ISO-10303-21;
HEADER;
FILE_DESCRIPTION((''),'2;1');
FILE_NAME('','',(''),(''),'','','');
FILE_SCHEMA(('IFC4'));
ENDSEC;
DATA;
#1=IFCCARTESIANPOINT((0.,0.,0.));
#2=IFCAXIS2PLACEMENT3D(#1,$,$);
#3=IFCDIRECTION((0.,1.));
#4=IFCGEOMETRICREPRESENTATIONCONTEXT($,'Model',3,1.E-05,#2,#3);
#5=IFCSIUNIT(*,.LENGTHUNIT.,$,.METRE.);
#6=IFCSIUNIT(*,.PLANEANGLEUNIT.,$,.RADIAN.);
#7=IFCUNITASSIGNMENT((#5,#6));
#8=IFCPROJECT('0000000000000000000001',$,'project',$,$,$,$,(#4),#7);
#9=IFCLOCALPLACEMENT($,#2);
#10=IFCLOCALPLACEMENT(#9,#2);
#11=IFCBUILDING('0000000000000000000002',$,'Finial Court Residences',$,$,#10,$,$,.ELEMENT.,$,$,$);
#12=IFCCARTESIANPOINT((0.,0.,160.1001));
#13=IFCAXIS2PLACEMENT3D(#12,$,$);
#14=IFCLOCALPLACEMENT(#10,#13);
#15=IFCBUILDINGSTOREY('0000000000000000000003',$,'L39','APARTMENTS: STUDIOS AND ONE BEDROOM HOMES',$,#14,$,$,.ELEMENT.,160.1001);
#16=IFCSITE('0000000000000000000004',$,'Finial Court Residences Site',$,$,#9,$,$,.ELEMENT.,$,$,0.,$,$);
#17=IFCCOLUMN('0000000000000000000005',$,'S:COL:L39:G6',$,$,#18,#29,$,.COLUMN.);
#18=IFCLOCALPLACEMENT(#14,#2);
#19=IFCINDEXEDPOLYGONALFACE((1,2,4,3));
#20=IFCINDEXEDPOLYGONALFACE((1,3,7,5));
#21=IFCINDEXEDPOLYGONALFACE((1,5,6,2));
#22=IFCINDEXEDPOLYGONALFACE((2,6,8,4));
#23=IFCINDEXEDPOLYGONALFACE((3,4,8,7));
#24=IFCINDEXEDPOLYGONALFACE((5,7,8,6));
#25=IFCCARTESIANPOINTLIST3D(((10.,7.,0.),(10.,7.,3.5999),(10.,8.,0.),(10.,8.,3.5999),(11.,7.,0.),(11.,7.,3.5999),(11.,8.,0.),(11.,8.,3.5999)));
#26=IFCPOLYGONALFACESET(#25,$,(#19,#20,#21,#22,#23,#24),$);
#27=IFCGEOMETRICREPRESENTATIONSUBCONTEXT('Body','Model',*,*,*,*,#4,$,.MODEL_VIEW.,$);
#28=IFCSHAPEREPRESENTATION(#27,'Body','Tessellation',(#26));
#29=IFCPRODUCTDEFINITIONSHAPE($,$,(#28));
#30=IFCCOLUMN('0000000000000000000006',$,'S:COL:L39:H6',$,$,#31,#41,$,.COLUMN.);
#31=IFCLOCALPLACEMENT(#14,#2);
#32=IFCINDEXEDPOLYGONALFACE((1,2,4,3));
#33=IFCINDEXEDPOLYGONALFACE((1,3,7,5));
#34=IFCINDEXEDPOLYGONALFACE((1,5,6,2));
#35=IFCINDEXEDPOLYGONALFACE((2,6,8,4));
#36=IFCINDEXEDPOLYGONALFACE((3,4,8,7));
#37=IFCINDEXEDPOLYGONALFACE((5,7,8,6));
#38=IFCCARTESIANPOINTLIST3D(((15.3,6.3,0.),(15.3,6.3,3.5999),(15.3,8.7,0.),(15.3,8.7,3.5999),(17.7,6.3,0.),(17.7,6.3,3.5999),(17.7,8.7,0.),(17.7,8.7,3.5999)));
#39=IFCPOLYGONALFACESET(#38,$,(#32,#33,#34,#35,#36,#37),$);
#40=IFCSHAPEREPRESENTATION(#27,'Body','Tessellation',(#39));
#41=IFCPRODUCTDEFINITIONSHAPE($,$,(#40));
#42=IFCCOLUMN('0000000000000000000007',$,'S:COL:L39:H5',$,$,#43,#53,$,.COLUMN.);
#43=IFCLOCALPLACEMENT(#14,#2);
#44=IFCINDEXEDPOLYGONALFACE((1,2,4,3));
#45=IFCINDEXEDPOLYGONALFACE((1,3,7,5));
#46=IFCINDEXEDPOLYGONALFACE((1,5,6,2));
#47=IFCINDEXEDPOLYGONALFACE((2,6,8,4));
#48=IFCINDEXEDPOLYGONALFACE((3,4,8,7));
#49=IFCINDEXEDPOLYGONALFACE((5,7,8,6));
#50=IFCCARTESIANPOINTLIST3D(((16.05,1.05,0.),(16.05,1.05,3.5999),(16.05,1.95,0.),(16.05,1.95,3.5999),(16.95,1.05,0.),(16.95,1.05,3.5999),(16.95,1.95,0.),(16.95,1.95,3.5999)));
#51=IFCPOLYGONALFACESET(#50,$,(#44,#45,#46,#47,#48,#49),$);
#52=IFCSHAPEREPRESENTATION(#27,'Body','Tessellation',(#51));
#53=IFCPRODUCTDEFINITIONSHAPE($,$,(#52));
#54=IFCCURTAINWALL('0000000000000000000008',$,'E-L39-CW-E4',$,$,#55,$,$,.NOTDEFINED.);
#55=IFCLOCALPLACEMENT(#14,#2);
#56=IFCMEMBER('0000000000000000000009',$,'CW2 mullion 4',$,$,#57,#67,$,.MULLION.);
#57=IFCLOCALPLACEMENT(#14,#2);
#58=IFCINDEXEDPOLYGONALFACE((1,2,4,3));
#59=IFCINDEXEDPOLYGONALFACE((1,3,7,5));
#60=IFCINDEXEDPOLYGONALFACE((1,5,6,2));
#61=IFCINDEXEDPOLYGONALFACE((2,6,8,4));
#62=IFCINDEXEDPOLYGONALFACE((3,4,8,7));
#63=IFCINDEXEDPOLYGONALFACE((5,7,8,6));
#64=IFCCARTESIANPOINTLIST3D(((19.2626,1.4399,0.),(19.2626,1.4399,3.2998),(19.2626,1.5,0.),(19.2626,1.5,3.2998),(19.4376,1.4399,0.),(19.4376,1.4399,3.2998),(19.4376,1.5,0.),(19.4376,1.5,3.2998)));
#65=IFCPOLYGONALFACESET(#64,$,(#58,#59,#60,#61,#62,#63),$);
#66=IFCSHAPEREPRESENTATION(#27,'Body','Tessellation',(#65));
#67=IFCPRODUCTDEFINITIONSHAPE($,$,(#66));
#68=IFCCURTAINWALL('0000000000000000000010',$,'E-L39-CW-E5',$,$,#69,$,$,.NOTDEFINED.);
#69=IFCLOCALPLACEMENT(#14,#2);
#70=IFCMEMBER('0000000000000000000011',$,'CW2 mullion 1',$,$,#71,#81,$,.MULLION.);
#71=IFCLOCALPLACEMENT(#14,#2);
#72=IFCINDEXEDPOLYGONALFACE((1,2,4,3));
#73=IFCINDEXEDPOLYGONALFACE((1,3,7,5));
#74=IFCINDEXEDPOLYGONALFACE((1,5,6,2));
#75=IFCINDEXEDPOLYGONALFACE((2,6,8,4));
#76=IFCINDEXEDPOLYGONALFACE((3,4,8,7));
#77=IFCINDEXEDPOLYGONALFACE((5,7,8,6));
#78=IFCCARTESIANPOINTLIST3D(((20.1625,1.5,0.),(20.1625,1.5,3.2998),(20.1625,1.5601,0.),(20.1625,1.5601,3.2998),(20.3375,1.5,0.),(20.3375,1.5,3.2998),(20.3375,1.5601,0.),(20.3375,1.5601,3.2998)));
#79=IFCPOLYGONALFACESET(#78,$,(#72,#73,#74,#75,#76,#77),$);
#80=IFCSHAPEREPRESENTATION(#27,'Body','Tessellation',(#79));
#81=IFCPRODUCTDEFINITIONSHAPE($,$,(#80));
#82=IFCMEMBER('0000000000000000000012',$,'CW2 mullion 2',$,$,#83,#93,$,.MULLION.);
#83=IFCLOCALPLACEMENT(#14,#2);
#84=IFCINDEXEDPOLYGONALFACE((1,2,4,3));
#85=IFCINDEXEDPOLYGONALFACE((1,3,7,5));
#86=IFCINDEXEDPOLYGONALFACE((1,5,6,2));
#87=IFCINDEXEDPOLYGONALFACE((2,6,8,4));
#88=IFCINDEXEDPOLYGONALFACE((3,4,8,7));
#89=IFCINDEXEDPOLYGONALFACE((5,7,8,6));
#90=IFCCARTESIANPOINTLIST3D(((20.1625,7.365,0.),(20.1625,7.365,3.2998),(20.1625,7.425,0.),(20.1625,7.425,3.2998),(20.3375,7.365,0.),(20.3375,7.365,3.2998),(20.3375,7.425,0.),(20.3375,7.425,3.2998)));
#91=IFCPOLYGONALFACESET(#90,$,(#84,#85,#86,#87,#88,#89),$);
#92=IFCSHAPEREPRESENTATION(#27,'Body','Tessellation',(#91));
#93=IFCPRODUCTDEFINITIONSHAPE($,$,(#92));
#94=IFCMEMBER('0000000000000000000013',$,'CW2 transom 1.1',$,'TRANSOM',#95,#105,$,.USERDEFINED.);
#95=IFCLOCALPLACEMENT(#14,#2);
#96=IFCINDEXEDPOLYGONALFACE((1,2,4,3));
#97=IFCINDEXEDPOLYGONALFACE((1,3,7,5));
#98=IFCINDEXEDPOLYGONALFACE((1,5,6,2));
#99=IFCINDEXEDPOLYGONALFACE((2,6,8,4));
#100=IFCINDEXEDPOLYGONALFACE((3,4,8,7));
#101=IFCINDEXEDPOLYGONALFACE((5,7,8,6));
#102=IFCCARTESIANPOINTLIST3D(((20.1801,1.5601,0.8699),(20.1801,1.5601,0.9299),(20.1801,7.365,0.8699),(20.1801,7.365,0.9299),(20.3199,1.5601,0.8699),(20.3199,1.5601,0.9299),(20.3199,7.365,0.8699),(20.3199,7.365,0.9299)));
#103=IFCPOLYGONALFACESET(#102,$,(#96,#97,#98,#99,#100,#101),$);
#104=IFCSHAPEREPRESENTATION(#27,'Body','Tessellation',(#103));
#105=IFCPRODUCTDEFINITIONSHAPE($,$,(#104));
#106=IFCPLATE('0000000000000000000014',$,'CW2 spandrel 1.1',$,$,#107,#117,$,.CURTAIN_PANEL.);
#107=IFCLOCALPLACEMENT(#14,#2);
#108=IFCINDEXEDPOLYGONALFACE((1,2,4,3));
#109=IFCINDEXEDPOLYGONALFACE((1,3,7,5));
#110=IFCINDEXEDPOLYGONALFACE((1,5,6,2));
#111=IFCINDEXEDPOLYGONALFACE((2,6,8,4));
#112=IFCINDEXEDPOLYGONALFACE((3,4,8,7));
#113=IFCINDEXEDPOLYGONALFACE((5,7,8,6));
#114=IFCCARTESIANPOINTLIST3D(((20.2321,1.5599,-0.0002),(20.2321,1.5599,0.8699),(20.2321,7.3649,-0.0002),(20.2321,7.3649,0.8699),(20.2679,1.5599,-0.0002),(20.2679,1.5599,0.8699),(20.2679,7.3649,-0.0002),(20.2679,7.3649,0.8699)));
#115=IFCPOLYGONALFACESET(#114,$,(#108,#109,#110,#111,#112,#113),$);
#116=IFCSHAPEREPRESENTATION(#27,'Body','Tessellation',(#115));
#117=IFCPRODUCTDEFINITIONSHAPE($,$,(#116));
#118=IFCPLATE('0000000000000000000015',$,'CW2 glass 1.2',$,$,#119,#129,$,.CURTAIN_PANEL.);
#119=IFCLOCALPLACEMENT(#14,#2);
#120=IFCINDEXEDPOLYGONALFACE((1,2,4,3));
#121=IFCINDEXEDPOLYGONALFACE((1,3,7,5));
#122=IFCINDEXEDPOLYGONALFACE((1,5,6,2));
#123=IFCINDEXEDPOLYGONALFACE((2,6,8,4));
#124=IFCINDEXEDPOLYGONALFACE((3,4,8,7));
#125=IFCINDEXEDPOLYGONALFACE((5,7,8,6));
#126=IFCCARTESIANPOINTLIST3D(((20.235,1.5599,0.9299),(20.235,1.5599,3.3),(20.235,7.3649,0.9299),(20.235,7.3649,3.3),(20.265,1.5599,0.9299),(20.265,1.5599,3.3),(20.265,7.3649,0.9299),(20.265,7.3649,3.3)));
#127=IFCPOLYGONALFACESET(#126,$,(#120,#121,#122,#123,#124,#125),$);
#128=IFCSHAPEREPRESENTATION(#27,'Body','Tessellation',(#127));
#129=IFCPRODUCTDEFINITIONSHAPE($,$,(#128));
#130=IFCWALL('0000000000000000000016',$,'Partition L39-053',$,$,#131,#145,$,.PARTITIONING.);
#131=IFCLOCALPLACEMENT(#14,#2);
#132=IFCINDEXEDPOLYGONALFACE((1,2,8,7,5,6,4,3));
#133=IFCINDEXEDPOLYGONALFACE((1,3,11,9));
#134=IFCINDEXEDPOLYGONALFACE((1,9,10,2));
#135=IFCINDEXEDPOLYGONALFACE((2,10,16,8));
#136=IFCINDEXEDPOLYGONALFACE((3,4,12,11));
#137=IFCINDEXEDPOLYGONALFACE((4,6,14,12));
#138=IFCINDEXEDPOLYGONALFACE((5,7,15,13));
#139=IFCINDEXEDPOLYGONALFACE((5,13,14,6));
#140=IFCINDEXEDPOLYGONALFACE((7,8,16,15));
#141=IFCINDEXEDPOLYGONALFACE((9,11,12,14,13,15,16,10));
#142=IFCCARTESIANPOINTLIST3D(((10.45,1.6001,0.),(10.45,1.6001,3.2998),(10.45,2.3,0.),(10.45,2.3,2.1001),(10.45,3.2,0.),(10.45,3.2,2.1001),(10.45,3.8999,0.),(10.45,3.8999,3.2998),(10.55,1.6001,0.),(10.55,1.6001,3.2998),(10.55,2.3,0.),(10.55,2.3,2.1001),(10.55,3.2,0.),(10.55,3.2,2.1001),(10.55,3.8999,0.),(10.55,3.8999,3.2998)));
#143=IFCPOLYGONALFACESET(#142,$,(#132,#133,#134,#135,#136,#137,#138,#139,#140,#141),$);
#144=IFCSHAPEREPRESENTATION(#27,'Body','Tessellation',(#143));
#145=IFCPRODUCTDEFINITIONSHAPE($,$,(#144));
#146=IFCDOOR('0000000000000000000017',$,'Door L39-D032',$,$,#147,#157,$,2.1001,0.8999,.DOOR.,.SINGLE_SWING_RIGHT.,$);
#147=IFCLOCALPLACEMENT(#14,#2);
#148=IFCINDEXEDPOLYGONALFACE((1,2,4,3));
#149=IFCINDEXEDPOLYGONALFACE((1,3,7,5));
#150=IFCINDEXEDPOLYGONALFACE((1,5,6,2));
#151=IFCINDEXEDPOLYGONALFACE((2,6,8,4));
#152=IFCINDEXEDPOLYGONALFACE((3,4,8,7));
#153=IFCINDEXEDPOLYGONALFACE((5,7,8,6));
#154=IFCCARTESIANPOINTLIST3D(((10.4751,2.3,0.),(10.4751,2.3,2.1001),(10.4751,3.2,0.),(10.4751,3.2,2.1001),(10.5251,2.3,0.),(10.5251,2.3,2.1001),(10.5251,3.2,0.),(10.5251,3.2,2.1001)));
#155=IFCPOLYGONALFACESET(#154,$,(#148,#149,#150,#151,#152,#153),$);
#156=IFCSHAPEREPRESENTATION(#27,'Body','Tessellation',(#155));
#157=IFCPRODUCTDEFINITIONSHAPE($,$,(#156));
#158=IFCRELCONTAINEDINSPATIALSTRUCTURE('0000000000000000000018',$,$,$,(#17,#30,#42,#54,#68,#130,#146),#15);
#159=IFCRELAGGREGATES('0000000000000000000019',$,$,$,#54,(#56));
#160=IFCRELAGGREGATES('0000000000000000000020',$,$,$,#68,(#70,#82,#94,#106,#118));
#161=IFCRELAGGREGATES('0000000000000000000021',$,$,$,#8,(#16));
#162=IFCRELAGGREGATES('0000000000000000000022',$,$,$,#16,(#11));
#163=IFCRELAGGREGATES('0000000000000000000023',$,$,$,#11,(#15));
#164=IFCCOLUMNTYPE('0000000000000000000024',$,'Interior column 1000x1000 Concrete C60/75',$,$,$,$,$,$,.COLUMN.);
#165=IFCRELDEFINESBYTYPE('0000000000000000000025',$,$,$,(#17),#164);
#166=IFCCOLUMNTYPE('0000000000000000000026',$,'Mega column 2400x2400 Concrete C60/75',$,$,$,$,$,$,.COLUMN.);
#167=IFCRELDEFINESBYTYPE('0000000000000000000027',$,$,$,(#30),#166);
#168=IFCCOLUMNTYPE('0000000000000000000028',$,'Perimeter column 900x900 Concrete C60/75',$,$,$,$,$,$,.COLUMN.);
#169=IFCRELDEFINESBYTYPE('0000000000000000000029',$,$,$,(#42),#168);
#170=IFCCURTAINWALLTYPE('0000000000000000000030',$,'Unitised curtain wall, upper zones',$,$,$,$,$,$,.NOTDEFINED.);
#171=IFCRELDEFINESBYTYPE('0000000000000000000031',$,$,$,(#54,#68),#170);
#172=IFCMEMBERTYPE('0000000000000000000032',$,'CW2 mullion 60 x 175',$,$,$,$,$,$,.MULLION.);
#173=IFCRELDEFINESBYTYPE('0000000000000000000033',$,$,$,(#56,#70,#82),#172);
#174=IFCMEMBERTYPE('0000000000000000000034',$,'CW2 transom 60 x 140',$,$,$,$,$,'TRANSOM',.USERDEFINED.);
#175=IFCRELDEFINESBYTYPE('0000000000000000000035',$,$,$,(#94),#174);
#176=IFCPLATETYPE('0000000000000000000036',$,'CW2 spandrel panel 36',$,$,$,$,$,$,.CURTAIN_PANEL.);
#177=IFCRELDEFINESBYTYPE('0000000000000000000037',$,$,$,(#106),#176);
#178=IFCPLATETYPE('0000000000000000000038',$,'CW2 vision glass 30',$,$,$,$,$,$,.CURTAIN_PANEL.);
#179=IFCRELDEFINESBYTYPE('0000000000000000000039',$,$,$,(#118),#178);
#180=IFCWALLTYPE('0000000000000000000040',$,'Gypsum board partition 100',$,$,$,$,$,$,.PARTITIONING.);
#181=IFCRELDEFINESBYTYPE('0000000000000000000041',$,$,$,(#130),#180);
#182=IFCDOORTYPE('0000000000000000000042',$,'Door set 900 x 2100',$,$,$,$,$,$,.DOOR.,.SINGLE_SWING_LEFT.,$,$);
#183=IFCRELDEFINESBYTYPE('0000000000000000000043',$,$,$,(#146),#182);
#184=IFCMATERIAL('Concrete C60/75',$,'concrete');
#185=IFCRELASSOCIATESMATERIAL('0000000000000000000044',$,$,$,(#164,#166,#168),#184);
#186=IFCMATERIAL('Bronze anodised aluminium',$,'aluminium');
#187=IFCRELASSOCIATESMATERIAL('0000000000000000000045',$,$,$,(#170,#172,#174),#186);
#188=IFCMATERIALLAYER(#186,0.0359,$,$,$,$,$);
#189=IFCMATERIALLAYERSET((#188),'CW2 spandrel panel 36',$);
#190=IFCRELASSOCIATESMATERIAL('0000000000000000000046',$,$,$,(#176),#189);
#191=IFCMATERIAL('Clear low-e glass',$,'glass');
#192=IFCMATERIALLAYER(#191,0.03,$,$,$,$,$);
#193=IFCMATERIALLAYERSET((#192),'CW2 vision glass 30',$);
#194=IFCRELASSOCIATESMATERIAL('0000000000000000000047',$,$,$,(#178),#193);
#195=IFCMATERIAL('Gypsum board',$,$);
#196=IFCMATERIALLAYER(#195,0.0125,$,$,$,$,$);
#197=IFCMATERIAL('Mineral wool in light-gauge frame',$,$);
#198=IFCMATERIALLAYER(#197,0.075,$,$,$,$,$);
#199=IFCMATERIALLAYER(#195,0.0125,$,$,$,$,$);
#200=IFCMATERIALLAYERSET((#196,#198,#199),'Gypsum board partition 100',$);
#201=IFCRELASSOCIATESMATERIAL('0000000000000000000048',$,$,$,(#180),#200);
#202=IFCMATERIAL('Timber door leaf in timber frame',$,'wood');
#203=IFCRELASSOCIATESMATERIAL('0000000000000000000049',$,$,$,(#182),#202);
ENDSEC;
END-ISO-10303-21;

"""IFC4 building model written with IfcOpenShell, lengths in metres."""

from ifc_helpers import new_model, si_unit, direction, frame, frame_2d, origin, origin_2d, place, context, subcontext, project, spatial, rectangle, extrude, material, layer, layer_set, material_profile, profile_set, type_object, element, fill, aggregate, save


model = new_model("IFC4")

# Units and contexts
model_context = context("Model", 3, precision=1e-05, world=origin(), true_north=direction((0.0, 1.0)))
body_context = subcontext(model_context, "Body", "Model", "MODEL_VIEW")
ifc_project = project(units=[si_unit("LENGTHUNIT", "METRE"), si_unit("PLANEANGLEUNIT", "RADIAN")], contexts=[model_context])

# Site, building, storey
site_placement = place(None, origin())
site = spatial("IfcSite", under=ifc_project, at=site_placement, Name="Finial Court Residences Site", CompositionType="ELEMENT", RefElevation=0.0)
building_placement = place(site_placement, origin())
building = spatial("IfcBuilding", under=site, at=building_placement, Name="Finial Court Residences", CompositionType="ELEMENT")
storey_placement = place(building_placement, frame((0.0, 0.0, 160.1001)))
storey = spatial("IfcBuildingStorey", under=building, at=storey_placement, Name="L39", Description="APARTMENTS: STUDIOS AND ONE BEDROOM HOMES", CompositionType="ELEMENT", Elevation=160.1001)

# Columns
ifc_material_1 = material(Name="Concrete C60/75", Category="concrete")
ifc_material_profile_1 = material_profile(ifc_material_1, rectangle(XDim=1.0, YDim=1.0, at=origin_2d()), Name="1000x1000")
ifc_profile_set_1 = profile_set([ifc_material_profile_1], Name="Concrete C60/75")
column_type_1 = type_object("IfcColumnType", Name="Interior column 1000x1000 Concrete C60/75", PredefinedType="COLUMN", material=ifc_profile_set_1)
column_1_placement = place(storey_placement, frame((10.5, 7.5, 0.0), z_axis=(0.0, 0.0, 1.0), x_axis=(1.0, 0.0, 0.0)))
element("IfcColumn", 1, at=column_1_placement, inside=storey, type_object=column_type_1, Name="S:COL:L39:G6", PredefinedType="COLUMN", context=body_context, shape_type="SweptSolid", body=[
    extrude(rectangle(XDim=1.0, YDim=1.0, at=origin_2d()), origin(), (0.0, 0.0, 1.0), 3.5999),
])
ifc_material_profile_2 = material_profile(ifc_material_1, rectangle(XDim=2.3999, YDim=2.3999, at=origin_2d()), Name="2400x2400")
ifc_profile_set_2 = profile_set([ifc_material_profile_2], Name="Concrete C60/75")
column_type_2 = type_object("IfcColumnType", Name="Mega column 2400x2400 Concrete C60/75", PredefinedType="COLUMN", material=ifc_profile_set_2)
column_2_placement = place(storey_placement, frame((16.5, 7.5, 0.0), z_axis=(0.0, 0.0, 1.0), x_axis=(1.0, 0.0, 0.0)))
element("IfcColumn", 2, at=column_2_placement, inside=storey, type_object=column_type_2, Name="S:COL:L39:H6", PredefinedType="COLUMN", context=body_context, shape_type="SweptSolid", body=[
    extrude(rectangle(XDim=2.3999, YDim=2.3999, at=origin_2d()), origin(), (0.0, 0.0, 1.0), 3.5999),
])
ifc_material_profile_3 = material_profile(ifc_material_1, rectangle(XDim=0.8999, YDim=0.8999, at=origin_2d()), Name="900x900")
ifc_profile_set_3 = profile_set([ifc_material_profile_3], Name="Concrete C60/75")
column_type_3 = type_object("IfcColumnType", Name="Perimeter column 900x900 Concrete C60/75", PredefinedType="COLUMN", material=ifc_profile_set_3)
column_3_placement = place(storey_placement, frame((16.5, 1.5, 0.0), z_axis=(0.0, 0.0, 1.0), x_axis=(1.0, 0.0, 0.0)))
element("IfcColumn", 3, at=column_3_placement, inside=storey, type_object=column_type_3, Name="S:COL:L39:H5", PredefinedType="COLUMN", context=body_context, shape_type="SweptSolid", body=[
    extrude(rectangle(XDim=0.8999, YDim=0.8999, at=origin_2d()), origin(), (0.0, 0.0, 1.0), 3.5999),
])

# Curtain wall, member
ifc_material_2 = material(Name="Bronze anodised aluminium", Category="aluminium")
curtain_wall_type = type_object("IfcCurtainWallType", Name="Unitised curtain wall, upper zones", PredefinedType="NOTDEFINED", material=ifc_material_2)
curtain_wall_1_placement = place(storey_placement, origin())
curtain_wall_1 = element("IfcCurtainWall", 4, at=curtain_wall_1_placement, inside=storey, type_object=curtain_wall_type, Name="E-L39-CW-E4", PredefinedType="NOTDEFINED")
ifc_material_profile_4 = material_profile(ifc_material_2, rectangle(XDim=0.175, YDim=0.0601, at=origin_2d()), Name="CW2 mullion 60 x 175")
ifc_profile_set_4 = profile_set([ifc_material_profile_4], Name="Bronze anodised aluminium")
member_type_1 = type_object("IfcMemberType", Name="CW2 mullion 60 x 175", PredefinedType="MULLION", material=ifc_profile_set_4)
member_1_placement = place(storey_placement, frame((19.3501, 1.47, 0.0), z_axis=(0.0, 0.0, 1.0), x_axis=(-1.0, 0.0, 0.0)))
member_1 = element("IfcMember", 5, at=member_1_placement, type_object=member_type_1, Name="CW2 mullion 4", PredefinedType="MULLION", context=body_context, shape_type="SweptSolid", body=[
    extrude(rectangle(XDim=0.175, YDim=0.0601, at=origin_2d()), origin(), (0.0, 0.0, 1.0), 3.2998),
])
aggregate(curtain_wall_1, [member_1])

# Curtain wall, members, plates
curtain_wall_2_placement = place(storey_placement, origin())
curtain_wall_2 = element("IfcCurtainWall", 6, at=curtain_wall_2_placement, inside=storey, type_object=curtain_wall_type, Name="E-L39-CW-E5", PredefinedType="NOTDEFINED")
member_2_placement = place(storey_placement, frame((20.25, 1.53, 0.0), z_axis=(0.0, 0.0, 1.0), x_axis=(-1.0, 0.0, 0.0)))
member_2 = element("IfcMember", 7, at=member_2_placement, type_object=member_type_1, Name="CW2 mullion 1", PredefinedType="MULLION", context=body_context, shape_type="SweptSolid", body=[
    extrude(rectangle(XDim=0.175, YDim=0.0601, at=origin_2d()), origin(), (0.0, 0.0, 1.0), 3.2998),
])
member_3_placement = place(storey_placement, frame((20.25, 7.395, 0.0), z_axis=(0.0, 0.0, 1.0), x_axis=(-1.0, 0.0, 0.0)))
member_3 = element("IfcMember", 8, at=member_3_placement, type_object=member_type_1, Name="CW2 mullion 2", PredefinedType="MULLION", context=body_context, shape_type="SweptSolid", body=[
    extrude(rectangle(XDim=0.175, YDim=0.0601, at=origin_2d()), origin(), (0.0, 0.0, 1.0), 3.2998),
])
ifc_material_profile_5 = material_profile(ifc_material_2, rectangle(XDim=0.1399, YDim=0.0601, at=origin_2d()), Name="CW2 transom 60 x 140")
ifc_profile_set_5 = profile_set([ifc_material_profile_5], Name="Bronze anodised aluminium")
member_type_2 = type_object("IfcMemberType", Name="CW2 transom 60 x 140", ElementType="TRANSOM", PredefinedType="USERDEFINED", material=ifc_profile_set_5)
member_4_placement = place(storey_placement, frame((20.25, 1.5601, 0.8999), z_axis=(0.0, 1.0, 0.0), x_axis=(-1.0, 0.0, 0.0)))
member_4 = element("IfcMember", 9, at=member_4_placement, type_object=member_type_2, Name="CW2 transom 1.1", ObjectType="TRANSOM", PredefinedType="USERDEFINED", context=body_context, shape_type="SweptSolid", body=[
    extrude(rectangle(XDim=0.1399, YDim=0.0601, at=origin_2d()), origin(), (0.0, 0.0, 1.0), 5.8049),
])
ifc_layer_1 = layer(ifc_material_2, 0.0359)
ifc_layer_set_1 = layer_set([ifc_layer_1], Name="CW2 spandrel panel 36")
plate_type_1 = type_object("IfcPlateType", Name="CW2 spandrel panel 36", PredefinedType="CURTAIN_PANEL", material=ifc_layer_set_1)
plate_1_placement = place(storey_placement, frame((20.25, 4.4624, -0.0002), z_axis=(0.0, 0.0, 1.0), x_axis=(0.0, 1.0, 0.0)))
plate_1 = element("IfcPlate", 10, at=plate_1_placement, type_object=plate_type_1, Name="CW2 spandrel 1.1", PredefinedType="CURTAIN_PANEL", context=body_context, shape_type="SweptSolid", body=[
    extrude(rectangle(XDim=5.8049, YDim=0.0359, at=origin_2d()), origin(), (0.0, 0.0, 1.0), 0.8701),
])
ifc_material_3 = material(Name="Clear low-e glass", Category="glass")
ifc_layer_2 = layer(ifc_material_3, 0.03)
ifc_layer_set_2 = layer_set([ifc_layer_2], Name="CW2 vision glass 30")
plate_type_2 = type_object("IfcPlateType", Name="CW2 vision glass 30", PredefinedType="CURTAIN_PANEL", material=ifc_layer_set_2)
plate_2_placement = place(storey_placement, frame((20.25, 4.4624, 0.9299), z_axis=(0.0, 0.0, 1.0), x_axis=(0.0, 1.0, 0.0)))
plate_2 = element("IfcPlate", 11, at=plate_2_placement, type_object=plate_type_2, Name="CW2 glass 1.2", PredefinedType="CURTAIN_PANEL", context=body_context, shape_type="SweptSolid", body=[
    extrude(rectangle(XDim=5.8049, YDim=0.03, at=origin_2d()), origin(), (0.0, 0.0, 1.0), 2.3701),
])
aggregate(curtain_wall_2, [member_2, member_3, member_4, plate_1, plate_2])

# Wall, opening, door
ifc_material_4 = material(Name="Gypsum board")
ifc_layer_3 = layer(ifc_material_4, 0.0125)
ifc_material_5 = material(Name="Mineral wool in light-gauge frame")
ifc_layer_4 = layer(ifc_material_5, 0.075)
ifc_layer_5 = layer(ifc_material_4, 0.0125)
ifc_layer_set_3 = layer_set([ifc_layer_3, ifc_layer_4, ifc_layer_5], Name="Gypsum board partition 100")
wall_type_1 = type_object("IfcWallType", Name="Gypsum board partition 100", PredefinedType="PARTITIONING", material=ifc_layer_set_3)
wall_1_placement = place(storey_placement, frame((10.5, 1.6001, 0.0), z_axis=(0.0, 0.0, 1.0), x_axis=(0.0, 1.0, 0.0)))
wall_1 = element("IfcWall", 12, at=wall_1_placement, inside=storey, type_object=wall_type_1, Name="Partition L39-053", PredefinedType="PARTITIONING", context=body_context, shape_type="SweptSolid", body=[
    extrude(rectangle(XDim=2.2998, YDim=0.1001, at=frame_2d((1.1499, 0.0))), origin(), (0.0, 0.0, 1.0), 3.2998),
])
opening_1_placement = place(wall_1_placement, frame((0.7, 0.0, 0.0)))
opening_1 = element("IfcOpeningElement", 13, at=opening_1_placement, cuts=wall_1, PredefinedType="OPENING", context=body_context, shape_type="SweptSolid", body=[
    extrude(rectangle(XDim=0.8999, YDim=2.1001, at=frame_2d((0.45, 1.05))), frame((0.0, 0.0601, 0.0), z_axis=(0.0, -1.0, 0.0), x_axis=(1.0, 0.0, 0.0)), (0.0, 0.0, 1.0), 0.1201),
])
ifc_material_6 = material(Name="Timber door leaf in timber frame", Category="wood")
door_type_1 = type_object("IfcDoorType", Name="Door set 900 x 2100", OperationType="SINGLE_SWING_LEFT", PredefinedType="DOOR", material=ifc_material_6)
door_1_placement = place(opening_1_placement, origin())
door_1 = element("IfcDoor", 14, at=door_1_placement, inside=storey, type_object=door_type_1, Name="Door L39-D032", OperationType="SINGLE_SWING_RIGHT", OverallHeight=2.1001, OverallWidth=0.8999, PredefinedType="DOOR", context=body_context, shape_type="SweptSolid", body=[
    extrude(rectangle(XDim=0.8999, YDim=2.1001, at=frame_2d((0.45, 1.05))), frame((0.0, 0.0249, 0.0), z_axis=(0.0, -1.0, 0.0), x_axis=(1.0, 0.0, 0.0)), (0.0, 0.0, 1.0), 0.05),
])
fill(opening_1, door_1)

save(model, "model.ifc")
